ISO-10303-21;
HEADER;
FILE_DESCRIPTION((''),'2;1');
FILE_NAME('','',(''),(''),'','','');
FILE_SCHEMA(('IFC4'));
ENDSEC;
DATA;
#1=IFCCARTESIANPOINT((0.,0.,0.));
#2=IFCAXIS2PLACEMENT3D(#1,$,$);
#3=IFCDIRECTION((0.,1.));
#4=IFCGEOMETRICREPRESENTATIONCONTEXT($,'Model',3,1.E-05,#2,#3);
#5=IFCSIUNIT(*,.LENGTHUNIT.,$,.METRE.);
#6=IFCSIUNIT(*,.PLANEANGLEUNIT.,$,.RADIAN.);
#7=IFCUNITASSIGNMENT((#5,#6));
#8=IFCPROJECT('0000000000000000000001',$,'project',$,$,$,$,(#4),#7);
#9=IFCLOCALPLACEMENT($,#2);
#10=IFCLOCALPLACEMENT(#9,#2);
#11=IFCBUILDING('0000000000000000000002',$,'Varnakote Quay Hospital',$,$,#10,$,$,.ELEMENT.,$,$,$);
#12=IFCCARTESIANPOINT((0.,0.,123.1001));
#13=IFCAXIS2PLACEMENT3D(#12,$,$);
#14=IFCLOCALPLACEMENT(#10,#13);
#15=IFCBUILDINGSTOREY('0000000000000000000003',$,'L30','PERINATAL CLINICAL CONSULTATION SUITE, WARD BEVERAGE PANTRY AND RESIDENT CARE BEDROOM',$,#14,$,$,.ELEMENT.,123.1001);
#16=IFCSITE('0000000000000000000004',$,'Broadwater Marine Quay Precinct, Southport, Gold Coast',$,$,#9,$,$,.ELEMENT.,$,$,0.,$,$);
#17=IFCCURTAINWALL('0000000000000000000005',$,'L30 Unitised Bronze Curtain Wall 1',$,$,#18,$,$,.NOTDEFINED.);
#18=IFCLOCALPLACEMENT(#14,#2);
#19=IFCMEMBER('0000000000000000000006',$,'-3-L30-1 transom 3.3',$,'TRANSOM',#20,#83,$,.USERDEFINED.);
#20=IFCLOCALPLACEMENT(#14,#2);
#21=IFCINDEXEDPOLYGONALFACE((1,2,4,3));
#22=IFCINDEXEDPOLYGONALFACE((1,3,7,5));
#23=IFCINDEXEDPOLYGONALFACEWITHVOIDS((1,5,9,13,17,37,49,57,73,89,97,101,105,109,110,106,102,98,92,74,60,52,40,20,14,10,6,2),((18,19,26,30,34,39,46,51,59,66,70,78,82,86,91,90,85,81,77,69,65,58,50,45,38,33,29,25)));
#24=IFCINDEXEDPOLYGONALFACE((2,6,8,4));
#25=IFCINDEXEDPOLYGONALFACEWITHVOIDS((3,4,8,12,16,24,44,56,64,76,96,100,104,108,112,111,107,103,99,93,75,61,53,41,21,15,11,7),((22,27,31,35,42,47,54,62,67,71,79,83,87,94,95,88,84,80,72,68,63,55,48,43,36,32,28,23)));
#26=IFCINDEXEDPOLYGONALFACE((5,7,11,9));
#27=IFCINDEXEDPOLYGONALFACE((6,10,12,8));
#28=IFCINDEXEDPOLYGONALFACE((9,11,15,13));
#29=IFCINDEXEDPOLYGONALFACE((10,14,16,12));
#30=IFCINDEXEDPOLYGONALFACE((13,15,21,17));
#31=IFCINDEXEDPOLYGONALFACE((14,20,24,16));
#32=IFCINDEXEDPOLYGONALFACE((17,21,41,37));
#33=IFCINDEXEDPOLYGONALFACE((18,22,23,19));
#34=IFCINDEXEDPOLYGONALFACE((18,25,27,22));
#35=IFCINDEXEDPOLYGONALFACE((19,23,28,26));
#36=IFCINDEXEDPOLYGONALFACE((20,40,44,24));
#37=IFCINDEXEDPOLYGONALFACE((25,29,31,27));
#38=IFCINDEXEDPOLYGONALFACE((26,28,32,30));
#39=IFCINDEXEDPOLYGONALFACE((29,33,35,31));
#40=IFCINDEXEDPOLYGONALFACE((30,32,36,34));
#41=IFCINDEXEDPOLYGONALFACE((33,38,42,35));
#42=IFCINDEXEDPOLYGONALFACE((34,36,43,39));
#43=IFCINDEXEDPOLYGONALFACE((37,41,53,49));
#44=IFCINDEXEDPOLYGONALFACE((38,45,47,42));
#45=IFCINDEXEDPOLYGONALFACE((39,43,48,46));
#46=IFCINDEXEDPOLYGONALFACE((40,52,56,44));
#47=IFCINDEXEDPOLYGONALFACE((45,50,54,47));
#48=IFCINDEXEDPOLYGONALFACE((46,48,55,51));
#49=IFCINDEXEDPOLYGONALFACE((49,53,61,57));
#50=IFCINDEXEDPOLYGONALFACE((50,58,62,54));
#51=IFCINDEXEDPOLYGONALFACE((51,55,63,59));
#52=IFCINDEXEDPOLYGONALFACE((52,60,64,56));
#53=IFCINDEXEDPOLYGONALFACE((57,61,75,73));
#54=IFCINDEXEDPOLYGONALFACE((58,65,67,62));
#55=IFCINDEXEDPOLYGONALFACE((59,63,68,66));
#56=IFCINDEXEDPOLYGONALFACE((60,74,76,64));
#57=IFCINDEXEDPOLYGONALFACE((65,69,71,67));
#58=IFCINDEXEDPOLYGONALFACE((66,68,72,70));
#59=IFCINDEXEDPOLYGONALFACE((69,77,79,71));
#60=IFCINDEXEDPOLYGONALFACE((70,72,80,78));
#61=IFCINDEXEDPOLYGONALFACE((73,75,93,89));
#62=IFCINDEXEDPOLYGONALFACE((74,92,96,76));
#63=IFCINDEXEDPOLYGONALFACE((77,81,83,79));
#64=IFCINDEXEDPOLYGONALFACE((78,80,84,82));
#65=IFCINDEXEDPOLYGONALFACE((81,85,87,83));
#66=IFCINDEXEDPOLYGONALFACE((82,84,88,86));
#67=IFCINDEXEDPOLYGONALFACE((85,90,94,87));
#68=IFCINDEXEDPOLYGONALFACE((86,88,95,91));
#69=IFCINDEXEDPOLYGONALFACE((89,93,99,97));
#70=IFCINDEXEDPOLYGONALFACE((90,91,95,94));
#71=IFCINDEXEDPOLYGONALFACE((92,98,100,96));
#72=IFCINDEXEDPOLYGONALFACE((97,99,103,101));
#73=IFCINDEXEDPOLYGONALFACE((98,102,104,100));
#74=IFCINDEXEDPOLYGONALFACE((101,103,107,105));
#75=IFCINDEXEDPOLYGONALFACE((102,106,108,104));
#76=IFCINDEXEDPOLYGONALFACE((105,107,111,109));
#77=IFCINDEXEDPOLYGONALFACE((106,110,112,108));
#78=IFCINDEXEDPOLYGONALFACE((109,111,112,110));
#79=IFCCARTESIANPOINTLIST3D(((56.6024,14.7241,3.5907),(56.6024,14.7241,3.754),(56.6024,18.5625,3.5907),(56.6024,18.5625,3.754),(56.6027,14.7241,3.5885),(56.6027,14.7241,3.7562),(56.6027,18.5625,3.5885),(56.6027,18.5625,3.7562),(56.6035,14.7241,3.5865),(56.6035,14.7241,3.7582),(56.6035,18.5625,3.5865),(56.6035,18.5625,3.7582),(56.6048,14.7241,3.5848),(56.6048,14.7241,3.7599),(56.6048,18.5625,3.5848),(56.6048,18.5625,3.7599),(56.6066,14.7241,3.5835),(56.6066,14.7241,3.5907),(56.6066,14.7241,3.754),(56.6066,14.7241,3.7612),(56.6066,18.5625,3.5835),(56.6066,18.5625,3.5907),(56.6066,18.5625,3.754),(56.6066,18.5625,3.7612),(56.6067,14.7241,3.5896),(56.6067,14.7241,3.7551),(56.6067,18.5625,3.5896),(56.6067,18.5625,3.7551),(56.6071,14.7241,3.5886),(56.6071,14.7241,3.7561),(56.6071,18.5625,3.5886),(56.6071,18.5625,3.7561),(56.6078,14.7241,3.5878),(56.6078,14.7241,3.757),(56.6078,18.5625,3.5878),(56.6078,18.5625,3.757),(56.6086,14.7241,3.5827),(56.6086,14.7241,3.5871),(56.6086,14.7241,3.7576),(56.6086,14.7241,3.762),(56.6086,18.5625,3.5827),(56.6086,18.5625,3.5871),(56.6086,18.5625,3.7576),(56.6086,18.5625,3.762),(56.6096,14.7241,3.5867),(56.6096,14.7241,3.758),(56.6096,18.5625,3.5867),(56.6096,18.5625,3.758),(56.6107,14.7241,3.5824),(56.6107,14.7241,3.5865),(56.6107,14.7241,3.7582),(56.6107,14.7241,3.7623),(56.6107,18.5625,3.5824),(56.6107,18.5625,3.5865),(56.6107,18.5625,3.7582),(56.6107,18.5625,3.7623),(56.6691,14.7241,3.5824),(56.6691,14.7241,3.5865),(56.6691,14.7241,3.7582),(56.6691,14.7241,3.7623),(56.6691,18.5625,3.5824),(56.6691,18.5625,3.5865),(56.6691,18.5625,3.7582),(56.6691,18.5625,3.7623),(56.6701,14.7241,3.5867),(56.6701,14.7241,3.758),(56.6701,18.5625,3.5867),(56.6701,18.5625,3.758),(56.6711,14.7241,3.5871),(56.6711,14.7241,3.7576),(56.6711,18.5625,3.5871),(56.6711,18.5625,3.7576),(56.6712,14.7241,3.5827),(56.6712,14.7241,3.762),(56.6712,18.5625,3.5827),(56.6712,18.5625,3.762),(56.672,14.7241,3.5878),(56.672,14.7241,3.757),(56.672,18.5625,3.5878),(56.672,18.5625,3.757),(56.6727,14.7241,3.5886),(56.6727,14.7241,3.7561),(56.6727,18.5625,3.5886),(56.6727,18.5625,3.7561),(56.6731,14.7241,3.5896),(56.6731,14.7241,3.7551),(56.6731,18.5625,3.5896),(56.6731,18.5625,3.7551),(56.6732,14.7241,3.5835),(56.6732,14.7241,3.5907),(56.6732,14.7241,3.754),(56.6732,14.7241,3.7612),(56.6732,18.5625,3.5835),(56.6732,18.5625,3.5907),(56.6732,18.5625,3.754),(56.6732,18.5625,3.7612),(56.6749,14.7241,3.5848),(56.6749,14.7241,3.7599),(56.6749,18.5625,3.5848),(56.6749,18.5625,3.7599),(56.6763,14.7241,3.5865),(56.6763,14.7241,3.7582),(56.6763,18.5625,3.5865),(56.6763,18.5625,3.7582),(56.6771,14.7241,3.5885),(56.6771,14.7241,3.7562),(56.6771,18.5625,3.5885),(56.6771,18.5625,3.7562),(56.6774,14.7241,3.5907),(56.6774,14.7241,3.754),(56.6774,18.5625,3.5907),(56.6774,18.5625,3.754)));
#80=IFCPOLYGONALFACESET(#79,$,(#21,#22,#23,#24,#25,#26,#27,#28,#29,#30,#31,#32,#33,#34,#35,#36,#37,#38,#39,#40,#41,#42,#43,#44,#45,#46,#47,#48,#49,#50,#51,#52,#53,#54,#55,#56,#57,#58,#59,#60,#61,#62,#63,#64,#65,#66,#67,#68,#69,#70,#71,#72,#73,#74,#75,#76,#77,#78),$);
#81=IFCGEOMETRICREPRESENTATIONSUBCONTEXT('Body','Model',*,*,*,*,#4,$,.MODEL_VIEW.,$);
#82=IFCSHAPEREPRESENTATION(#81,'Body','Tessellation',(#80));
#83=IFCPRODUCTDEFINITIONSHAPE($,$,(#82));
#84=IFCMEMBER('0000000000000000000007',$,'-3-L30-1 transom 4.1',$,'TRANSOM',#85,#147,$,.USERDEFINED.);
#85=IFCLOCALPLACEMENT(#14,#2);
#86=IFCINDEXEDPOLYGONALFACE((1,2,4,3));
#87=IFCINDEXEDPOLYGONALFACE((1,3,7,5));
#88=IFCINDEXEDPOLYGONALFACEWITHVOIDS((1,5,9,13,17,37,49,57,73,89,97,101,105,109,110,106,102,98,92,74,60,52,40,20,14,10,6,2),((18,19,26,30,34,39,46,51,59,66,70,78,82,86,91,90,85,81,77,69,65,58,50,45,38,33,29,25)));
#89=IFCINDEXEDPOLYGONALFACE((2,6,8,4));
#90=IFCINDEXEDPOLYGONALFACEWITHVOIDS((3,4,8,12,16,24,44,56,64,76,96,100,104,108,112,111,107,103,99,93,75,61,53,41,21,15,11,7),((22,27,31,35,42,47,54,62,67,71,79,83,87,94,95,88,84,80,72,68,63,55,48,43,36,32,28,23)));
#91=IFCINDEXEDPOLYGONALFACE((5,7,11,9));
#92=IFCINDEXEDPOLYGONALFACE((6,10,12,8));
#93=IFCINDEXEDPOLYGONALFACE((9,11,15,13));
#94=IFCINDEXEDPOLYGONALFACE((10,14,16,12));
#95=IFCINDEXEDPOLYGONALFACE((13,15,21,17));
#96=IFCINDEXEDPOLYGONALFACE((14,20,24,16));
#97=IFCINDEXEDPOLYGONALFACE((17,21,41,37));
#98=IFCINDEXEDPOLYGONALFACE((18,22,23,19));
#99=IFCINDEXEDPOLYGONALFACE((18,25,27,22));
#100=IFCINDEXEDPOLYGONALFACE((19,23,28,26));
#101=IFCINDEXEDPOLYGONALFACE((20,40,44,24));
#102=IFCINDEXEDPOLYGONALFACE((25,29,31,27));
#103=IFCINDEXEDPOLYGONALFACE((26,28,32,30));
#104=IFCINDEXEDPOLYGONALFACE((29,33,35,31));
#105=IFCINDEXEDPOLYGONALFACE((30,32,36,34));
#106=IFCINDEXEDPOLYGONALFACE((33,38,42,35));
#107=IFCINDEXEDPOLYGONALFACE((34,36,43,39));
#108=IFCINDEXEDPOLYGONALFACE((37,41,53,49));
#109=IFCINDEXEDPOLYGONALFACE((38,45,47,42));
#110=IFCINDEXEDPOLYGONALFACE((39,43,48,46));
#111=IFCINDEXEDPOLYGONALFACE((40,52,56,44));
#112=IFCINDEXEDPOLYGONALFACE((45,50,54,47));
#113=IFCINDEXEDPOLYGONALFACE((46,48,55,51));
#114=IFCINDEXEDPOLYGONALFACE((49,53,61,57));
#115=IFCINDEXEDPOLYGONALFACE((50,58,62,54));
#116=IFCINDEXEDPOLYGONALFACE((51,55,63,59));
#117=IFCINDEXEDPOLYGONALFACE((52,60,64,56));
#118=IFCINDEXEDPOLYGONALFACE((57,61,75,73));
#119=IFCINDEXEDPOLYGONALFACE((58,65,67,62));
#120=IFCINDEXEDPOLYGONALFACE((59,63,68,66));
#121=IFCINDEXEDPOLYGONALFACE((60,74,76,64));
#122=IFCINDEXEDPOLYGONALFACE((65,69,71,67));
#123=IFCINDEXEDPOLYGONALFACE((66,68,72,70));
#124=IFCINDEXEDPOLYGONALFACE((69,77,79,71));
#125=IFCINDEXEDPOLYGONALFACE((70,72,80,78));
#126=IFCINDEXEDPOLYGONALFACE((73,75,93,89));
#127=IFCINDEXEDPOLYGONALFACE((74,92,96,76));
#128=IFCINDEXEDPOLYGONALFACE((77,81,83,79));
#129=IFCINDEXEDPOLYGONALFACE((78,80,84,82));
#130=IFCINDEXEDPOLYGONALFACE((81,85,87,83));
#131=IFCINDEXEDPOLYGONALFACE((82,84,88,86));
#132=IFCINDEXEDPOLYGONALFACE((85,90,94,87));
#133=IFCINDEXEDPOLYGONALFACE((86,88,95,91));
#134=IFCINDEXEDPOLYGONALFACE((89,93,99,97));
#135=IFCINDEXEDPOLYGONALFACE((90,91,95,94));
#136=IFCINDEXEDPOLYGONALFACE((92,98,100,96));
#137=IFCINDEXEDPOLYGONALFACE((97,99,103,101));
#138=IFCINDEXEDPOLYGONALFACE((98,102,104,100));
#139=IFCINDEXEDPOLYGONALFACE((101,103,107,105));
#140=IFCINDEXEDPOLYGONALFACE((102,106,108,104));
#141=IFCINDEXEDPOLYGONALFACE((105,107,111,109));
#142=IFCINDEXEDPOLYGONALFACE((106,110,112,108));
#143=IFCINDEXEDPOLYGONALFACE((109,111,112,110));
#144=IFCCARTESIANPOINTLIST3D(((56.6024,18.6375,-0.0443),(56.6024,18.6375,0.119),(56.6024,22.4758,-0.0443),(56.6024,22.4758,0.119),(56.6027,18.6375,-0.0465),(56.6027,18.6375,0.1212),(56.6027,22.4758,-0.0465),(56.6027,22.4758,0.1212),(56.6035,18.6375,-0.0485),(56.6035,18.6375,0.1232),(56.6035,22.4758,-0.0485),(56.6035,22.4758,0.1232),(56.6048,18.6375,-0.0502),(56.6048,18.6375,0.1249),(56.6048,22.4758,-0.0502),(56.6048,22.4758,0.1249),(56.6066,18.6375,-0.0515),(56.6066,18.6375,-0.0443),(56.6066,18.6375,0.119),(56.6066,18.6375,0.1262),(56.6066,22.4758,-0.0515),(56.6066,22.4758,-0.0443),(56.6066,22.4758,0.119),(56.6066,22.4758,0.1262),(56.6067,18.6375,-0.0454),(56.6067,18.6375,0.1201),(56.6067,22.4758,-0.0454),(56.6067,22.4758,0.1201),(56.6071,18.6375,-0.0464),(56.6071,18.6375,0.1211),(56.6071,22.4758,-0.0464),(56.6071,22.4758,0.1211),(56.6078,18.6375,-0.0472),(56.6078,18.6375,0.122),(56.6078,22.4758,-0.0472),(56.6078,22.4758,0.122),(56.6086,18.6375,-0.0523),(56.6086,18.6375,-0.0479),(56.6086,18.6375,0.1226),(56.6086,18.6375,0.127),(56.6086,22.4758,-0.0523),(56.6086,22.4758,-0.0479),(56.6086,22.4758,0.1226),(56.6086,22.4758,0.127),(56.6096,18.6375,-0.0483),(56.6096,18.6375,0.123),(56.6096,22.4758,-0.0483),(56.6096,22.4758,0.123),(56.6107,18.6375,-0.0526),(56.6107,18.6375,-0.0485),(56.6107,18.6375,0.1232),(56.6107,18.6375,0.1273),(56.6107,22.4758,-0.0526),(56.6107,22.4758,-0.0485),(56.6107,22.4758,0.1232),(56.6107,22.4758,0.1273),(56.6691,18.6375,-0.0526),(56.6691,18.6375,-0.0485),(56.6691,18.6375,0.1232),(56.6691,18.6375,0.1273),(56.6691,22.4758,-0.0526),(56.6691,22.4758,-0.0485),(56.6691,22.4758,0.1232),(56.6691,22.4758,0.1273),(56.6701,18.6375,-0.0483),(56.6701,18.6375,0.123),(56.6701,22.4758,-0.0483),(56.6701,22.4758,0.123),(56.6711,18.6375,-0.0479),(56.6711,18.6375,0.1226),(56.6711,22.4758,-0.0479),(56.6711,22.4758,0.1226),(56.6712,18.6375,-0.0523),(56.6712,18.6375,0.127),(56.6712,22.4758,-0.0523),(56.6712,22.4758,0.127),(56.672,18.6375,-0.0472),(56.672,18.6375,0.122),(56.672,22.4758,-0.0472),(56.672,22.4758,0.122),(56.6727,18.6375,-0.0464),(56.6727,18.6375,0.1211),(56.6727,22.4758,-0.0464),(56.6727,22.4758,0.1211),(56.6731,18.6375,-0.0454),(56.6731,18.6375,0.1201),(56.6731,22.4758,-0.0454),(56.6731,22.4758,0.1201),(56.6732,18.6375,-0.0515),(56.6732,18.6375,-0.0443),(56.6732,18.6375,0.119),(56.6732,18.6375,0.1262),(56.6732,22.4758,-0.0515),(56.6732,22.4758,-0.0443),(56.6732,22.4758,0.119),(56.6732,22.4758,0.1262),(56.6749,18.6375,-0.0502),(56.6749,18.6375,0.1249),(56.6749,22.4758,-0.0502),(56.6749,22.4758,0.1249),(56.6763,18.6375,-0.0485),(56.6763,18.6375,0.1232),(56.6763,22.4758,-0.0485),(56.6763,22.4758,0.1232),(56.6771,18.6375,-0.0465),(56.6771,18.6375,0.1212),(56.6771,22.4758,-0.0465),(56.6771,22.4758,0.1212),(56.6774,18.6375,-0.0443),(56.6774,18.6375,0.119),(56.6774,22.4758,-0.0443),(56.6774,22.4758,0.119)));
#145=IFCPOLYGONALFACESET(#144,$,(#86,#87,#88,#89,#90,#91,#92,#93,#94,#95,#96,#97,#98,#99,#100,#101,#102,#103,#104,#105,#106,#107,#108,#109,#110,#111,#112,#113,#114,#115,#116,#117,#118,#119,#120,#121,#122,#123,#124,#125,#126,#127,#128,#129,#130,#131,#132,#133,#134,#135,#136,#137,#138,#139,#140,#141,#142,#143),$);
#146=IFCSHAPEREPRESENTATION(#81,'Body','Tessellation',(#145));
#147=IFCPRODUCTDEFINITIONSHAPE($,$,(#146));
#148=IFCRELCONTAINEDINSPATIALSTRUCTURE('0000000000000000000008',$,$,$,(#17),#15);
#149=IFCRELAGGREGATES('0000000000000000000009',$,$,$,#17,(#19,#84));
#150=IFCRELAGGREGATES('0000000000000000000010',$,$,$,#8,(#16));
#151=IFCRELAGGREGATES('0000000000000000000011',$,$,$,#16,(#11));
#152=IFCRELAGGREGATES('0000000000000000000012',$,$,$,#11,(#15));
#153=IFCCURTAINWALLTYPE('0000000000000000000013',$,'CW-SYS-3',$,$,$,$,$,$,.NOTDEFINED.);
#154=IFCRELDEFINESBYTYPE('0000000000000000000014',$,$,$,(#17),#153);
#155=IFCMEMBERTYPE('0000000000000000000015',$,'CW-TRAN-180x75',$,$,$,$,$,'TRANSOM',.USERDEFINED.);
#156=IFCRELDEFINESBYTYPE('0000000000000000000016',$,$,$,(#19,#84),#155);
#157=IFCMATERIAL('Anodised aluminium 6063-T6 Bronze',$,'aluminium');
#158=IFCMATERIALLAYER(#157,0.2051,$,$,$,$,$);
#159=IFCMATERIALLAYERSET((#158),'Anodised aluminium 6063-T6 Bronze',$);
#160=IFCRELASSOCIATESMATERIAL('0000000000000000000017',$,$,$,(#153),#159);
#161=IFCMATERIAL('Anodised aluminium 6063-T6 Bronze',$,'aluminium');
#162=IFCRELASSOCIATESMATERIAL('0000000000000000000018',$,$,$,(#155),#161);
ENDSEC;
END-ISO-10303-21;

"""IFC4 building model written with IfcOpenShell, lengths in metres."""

from ifc_helpers import new_model, si_unit, direction, frame, origin, origin_2d, place, context, subcontext, project, spatial, hollow_rectangle, extrude, material, layer, layer_set, material_profile, profile_set, type_object, element, aggregate, save


model = new_model("IFC4")

# Units and contexts
model_context = context("Model", 3, precision=1e-05, world=origin(), true_north=direction((0.0, 1.0)))
body_context = subcontext(model_context, "Body", "Model", "MODEL_VIEW")
ifc_project = project(units=[si_unit("LENGTHUNIT", "METRE"), si_unit("PLANEANGLEUNIT", "RADIAN")], contexts=[model_context])

# Site, building, storey
site_placement = place(None, origin())
site = spatial("IfcSite", under=ifc_project, at=site_placement, Name="Broadwater Marine Quay Precinct, Southport, Gold Coast", CompositionType="ELEMENT", RefElevation=0.0)
building_placement = place(site_placement, origin())
building = spatial("IfcBuilding", under=site, at=building_placement, Name="Varnakote Quay Hospital", CompositionType="ELEMENT")
storey_placement = place(building_placement, frame((0.0, 0.0, 123.1001)))
storey = spatial("IfcBuildingStorey", under=building, at=storey_placement, Name="L30", Description="PERINATAL CLINICAL CONSULTATION SUITE, WARD BEVERAGE PANTRY AND RESIDENT CARE BEDROOM", CompositionType="ELEMENT", Elevation=123.1001)

# Curtain wall, members
ifc_material_1 = material(Name="Anodised aluminium 6063-T6 Bronze", Category="aluminium")
ifc_layer_1 = layer(ifc_material_1, 0.2051)
ifc_layer_set_1 = layer_set([ifc_layer_1], Name="Anodised aluminium 6063-T6 Bronze")
curtain_wall_type = type_object("IfcCurtainWallType", Name="CW-SYS-3", PredefinedType="NOTDEFINED", material=ifc_layer_set_1)
curtain_wall_placement = place(storey_placement, origin())
curtain_wall = element("IfcCurtainWall", 1, at=curtain_wall_placement, inside=storey, type_object=curtain_wall_type, Name="L30 Unitised Bronze Curtain Wall 1", PredefinedType="NOTDEFINED")
ifc_material_2 = material(Name="Anodised aluminium 6063-T6 Bronze", Category="aluminium")
ifc_material_profile_1 = material_profile(ifc_material_2, hollow_rectangle(XDim=0.075, YDim=0.1799, WallThickness=0.0042, InnerFilletRadius=0.0042, OuterFilletRadius=0.0083, at=origin_2d()), Name="CW-TRAN-180x75")
ifc_profile_set_1 = profile_set([ifc_material_profile_1], Name="Anodised aluminium 6063-T6 Bronze")
member_type_1 = type_object("IfcMemberType", Name="CW-TRAN-180x75", ElementType="TRANSOM", PredefinedType="USERDEFINED", material=ifc_profile_set_1)
member_1_placement = place(storey_placement, frame((56.6399, 14.7241, 3.6724), z_axis=(0.0, 1.0, 0.0), x_axis=(-1.0, 0.0, 0.0)))
member_1 = element("IfcMember", 2, at=member_1_placement, type_object=member_type_1, Name="-3-L30-1 transom 3.3", ObjectType="TRANSOM", PredefinedType="USERDEFINED", context=body_context, shape_type="SweptSolid", body=[
    extrude(hollow_rectangle(XDim=0.075, YDim=0.1799, WallThickness=0.0042, InnerFilletRadius=0.0042, OuterFilletRadius=0.0083, at=origin_2d()), origin(), (0.0, 0.0, 1.0), 3.8384),
])
member_2_placement = place(storey_placement, frame((56.6399, 18.6375, 0.0374), z_axis=(0.0, 1.0, 0.0), x_axis=(-1.0, 0.0, 0.0)))
member_2 = element("IfcMember", 3, at=member_2_placement, type_object=member_type_1, Name="-3-L30-1 transom 4.1", ObjectType="TRANSOM", PredefinedType="USERDEFINED", context=body_context, shape_type="SweptSolid", body=[
    extrude(hollow_rectangle(XDim=0.075, YDim=0.1799, WallThickness=0.0042, InnerFilletRadius=0.0042, OuterFilletRadius=0.0083, at=origin_2d()), origin(), (0.0, 0.0, 1.0), 3.8384),
])
aggregate(curtain_wall, [member_1, member_2])

save(model, "model.ifc")
